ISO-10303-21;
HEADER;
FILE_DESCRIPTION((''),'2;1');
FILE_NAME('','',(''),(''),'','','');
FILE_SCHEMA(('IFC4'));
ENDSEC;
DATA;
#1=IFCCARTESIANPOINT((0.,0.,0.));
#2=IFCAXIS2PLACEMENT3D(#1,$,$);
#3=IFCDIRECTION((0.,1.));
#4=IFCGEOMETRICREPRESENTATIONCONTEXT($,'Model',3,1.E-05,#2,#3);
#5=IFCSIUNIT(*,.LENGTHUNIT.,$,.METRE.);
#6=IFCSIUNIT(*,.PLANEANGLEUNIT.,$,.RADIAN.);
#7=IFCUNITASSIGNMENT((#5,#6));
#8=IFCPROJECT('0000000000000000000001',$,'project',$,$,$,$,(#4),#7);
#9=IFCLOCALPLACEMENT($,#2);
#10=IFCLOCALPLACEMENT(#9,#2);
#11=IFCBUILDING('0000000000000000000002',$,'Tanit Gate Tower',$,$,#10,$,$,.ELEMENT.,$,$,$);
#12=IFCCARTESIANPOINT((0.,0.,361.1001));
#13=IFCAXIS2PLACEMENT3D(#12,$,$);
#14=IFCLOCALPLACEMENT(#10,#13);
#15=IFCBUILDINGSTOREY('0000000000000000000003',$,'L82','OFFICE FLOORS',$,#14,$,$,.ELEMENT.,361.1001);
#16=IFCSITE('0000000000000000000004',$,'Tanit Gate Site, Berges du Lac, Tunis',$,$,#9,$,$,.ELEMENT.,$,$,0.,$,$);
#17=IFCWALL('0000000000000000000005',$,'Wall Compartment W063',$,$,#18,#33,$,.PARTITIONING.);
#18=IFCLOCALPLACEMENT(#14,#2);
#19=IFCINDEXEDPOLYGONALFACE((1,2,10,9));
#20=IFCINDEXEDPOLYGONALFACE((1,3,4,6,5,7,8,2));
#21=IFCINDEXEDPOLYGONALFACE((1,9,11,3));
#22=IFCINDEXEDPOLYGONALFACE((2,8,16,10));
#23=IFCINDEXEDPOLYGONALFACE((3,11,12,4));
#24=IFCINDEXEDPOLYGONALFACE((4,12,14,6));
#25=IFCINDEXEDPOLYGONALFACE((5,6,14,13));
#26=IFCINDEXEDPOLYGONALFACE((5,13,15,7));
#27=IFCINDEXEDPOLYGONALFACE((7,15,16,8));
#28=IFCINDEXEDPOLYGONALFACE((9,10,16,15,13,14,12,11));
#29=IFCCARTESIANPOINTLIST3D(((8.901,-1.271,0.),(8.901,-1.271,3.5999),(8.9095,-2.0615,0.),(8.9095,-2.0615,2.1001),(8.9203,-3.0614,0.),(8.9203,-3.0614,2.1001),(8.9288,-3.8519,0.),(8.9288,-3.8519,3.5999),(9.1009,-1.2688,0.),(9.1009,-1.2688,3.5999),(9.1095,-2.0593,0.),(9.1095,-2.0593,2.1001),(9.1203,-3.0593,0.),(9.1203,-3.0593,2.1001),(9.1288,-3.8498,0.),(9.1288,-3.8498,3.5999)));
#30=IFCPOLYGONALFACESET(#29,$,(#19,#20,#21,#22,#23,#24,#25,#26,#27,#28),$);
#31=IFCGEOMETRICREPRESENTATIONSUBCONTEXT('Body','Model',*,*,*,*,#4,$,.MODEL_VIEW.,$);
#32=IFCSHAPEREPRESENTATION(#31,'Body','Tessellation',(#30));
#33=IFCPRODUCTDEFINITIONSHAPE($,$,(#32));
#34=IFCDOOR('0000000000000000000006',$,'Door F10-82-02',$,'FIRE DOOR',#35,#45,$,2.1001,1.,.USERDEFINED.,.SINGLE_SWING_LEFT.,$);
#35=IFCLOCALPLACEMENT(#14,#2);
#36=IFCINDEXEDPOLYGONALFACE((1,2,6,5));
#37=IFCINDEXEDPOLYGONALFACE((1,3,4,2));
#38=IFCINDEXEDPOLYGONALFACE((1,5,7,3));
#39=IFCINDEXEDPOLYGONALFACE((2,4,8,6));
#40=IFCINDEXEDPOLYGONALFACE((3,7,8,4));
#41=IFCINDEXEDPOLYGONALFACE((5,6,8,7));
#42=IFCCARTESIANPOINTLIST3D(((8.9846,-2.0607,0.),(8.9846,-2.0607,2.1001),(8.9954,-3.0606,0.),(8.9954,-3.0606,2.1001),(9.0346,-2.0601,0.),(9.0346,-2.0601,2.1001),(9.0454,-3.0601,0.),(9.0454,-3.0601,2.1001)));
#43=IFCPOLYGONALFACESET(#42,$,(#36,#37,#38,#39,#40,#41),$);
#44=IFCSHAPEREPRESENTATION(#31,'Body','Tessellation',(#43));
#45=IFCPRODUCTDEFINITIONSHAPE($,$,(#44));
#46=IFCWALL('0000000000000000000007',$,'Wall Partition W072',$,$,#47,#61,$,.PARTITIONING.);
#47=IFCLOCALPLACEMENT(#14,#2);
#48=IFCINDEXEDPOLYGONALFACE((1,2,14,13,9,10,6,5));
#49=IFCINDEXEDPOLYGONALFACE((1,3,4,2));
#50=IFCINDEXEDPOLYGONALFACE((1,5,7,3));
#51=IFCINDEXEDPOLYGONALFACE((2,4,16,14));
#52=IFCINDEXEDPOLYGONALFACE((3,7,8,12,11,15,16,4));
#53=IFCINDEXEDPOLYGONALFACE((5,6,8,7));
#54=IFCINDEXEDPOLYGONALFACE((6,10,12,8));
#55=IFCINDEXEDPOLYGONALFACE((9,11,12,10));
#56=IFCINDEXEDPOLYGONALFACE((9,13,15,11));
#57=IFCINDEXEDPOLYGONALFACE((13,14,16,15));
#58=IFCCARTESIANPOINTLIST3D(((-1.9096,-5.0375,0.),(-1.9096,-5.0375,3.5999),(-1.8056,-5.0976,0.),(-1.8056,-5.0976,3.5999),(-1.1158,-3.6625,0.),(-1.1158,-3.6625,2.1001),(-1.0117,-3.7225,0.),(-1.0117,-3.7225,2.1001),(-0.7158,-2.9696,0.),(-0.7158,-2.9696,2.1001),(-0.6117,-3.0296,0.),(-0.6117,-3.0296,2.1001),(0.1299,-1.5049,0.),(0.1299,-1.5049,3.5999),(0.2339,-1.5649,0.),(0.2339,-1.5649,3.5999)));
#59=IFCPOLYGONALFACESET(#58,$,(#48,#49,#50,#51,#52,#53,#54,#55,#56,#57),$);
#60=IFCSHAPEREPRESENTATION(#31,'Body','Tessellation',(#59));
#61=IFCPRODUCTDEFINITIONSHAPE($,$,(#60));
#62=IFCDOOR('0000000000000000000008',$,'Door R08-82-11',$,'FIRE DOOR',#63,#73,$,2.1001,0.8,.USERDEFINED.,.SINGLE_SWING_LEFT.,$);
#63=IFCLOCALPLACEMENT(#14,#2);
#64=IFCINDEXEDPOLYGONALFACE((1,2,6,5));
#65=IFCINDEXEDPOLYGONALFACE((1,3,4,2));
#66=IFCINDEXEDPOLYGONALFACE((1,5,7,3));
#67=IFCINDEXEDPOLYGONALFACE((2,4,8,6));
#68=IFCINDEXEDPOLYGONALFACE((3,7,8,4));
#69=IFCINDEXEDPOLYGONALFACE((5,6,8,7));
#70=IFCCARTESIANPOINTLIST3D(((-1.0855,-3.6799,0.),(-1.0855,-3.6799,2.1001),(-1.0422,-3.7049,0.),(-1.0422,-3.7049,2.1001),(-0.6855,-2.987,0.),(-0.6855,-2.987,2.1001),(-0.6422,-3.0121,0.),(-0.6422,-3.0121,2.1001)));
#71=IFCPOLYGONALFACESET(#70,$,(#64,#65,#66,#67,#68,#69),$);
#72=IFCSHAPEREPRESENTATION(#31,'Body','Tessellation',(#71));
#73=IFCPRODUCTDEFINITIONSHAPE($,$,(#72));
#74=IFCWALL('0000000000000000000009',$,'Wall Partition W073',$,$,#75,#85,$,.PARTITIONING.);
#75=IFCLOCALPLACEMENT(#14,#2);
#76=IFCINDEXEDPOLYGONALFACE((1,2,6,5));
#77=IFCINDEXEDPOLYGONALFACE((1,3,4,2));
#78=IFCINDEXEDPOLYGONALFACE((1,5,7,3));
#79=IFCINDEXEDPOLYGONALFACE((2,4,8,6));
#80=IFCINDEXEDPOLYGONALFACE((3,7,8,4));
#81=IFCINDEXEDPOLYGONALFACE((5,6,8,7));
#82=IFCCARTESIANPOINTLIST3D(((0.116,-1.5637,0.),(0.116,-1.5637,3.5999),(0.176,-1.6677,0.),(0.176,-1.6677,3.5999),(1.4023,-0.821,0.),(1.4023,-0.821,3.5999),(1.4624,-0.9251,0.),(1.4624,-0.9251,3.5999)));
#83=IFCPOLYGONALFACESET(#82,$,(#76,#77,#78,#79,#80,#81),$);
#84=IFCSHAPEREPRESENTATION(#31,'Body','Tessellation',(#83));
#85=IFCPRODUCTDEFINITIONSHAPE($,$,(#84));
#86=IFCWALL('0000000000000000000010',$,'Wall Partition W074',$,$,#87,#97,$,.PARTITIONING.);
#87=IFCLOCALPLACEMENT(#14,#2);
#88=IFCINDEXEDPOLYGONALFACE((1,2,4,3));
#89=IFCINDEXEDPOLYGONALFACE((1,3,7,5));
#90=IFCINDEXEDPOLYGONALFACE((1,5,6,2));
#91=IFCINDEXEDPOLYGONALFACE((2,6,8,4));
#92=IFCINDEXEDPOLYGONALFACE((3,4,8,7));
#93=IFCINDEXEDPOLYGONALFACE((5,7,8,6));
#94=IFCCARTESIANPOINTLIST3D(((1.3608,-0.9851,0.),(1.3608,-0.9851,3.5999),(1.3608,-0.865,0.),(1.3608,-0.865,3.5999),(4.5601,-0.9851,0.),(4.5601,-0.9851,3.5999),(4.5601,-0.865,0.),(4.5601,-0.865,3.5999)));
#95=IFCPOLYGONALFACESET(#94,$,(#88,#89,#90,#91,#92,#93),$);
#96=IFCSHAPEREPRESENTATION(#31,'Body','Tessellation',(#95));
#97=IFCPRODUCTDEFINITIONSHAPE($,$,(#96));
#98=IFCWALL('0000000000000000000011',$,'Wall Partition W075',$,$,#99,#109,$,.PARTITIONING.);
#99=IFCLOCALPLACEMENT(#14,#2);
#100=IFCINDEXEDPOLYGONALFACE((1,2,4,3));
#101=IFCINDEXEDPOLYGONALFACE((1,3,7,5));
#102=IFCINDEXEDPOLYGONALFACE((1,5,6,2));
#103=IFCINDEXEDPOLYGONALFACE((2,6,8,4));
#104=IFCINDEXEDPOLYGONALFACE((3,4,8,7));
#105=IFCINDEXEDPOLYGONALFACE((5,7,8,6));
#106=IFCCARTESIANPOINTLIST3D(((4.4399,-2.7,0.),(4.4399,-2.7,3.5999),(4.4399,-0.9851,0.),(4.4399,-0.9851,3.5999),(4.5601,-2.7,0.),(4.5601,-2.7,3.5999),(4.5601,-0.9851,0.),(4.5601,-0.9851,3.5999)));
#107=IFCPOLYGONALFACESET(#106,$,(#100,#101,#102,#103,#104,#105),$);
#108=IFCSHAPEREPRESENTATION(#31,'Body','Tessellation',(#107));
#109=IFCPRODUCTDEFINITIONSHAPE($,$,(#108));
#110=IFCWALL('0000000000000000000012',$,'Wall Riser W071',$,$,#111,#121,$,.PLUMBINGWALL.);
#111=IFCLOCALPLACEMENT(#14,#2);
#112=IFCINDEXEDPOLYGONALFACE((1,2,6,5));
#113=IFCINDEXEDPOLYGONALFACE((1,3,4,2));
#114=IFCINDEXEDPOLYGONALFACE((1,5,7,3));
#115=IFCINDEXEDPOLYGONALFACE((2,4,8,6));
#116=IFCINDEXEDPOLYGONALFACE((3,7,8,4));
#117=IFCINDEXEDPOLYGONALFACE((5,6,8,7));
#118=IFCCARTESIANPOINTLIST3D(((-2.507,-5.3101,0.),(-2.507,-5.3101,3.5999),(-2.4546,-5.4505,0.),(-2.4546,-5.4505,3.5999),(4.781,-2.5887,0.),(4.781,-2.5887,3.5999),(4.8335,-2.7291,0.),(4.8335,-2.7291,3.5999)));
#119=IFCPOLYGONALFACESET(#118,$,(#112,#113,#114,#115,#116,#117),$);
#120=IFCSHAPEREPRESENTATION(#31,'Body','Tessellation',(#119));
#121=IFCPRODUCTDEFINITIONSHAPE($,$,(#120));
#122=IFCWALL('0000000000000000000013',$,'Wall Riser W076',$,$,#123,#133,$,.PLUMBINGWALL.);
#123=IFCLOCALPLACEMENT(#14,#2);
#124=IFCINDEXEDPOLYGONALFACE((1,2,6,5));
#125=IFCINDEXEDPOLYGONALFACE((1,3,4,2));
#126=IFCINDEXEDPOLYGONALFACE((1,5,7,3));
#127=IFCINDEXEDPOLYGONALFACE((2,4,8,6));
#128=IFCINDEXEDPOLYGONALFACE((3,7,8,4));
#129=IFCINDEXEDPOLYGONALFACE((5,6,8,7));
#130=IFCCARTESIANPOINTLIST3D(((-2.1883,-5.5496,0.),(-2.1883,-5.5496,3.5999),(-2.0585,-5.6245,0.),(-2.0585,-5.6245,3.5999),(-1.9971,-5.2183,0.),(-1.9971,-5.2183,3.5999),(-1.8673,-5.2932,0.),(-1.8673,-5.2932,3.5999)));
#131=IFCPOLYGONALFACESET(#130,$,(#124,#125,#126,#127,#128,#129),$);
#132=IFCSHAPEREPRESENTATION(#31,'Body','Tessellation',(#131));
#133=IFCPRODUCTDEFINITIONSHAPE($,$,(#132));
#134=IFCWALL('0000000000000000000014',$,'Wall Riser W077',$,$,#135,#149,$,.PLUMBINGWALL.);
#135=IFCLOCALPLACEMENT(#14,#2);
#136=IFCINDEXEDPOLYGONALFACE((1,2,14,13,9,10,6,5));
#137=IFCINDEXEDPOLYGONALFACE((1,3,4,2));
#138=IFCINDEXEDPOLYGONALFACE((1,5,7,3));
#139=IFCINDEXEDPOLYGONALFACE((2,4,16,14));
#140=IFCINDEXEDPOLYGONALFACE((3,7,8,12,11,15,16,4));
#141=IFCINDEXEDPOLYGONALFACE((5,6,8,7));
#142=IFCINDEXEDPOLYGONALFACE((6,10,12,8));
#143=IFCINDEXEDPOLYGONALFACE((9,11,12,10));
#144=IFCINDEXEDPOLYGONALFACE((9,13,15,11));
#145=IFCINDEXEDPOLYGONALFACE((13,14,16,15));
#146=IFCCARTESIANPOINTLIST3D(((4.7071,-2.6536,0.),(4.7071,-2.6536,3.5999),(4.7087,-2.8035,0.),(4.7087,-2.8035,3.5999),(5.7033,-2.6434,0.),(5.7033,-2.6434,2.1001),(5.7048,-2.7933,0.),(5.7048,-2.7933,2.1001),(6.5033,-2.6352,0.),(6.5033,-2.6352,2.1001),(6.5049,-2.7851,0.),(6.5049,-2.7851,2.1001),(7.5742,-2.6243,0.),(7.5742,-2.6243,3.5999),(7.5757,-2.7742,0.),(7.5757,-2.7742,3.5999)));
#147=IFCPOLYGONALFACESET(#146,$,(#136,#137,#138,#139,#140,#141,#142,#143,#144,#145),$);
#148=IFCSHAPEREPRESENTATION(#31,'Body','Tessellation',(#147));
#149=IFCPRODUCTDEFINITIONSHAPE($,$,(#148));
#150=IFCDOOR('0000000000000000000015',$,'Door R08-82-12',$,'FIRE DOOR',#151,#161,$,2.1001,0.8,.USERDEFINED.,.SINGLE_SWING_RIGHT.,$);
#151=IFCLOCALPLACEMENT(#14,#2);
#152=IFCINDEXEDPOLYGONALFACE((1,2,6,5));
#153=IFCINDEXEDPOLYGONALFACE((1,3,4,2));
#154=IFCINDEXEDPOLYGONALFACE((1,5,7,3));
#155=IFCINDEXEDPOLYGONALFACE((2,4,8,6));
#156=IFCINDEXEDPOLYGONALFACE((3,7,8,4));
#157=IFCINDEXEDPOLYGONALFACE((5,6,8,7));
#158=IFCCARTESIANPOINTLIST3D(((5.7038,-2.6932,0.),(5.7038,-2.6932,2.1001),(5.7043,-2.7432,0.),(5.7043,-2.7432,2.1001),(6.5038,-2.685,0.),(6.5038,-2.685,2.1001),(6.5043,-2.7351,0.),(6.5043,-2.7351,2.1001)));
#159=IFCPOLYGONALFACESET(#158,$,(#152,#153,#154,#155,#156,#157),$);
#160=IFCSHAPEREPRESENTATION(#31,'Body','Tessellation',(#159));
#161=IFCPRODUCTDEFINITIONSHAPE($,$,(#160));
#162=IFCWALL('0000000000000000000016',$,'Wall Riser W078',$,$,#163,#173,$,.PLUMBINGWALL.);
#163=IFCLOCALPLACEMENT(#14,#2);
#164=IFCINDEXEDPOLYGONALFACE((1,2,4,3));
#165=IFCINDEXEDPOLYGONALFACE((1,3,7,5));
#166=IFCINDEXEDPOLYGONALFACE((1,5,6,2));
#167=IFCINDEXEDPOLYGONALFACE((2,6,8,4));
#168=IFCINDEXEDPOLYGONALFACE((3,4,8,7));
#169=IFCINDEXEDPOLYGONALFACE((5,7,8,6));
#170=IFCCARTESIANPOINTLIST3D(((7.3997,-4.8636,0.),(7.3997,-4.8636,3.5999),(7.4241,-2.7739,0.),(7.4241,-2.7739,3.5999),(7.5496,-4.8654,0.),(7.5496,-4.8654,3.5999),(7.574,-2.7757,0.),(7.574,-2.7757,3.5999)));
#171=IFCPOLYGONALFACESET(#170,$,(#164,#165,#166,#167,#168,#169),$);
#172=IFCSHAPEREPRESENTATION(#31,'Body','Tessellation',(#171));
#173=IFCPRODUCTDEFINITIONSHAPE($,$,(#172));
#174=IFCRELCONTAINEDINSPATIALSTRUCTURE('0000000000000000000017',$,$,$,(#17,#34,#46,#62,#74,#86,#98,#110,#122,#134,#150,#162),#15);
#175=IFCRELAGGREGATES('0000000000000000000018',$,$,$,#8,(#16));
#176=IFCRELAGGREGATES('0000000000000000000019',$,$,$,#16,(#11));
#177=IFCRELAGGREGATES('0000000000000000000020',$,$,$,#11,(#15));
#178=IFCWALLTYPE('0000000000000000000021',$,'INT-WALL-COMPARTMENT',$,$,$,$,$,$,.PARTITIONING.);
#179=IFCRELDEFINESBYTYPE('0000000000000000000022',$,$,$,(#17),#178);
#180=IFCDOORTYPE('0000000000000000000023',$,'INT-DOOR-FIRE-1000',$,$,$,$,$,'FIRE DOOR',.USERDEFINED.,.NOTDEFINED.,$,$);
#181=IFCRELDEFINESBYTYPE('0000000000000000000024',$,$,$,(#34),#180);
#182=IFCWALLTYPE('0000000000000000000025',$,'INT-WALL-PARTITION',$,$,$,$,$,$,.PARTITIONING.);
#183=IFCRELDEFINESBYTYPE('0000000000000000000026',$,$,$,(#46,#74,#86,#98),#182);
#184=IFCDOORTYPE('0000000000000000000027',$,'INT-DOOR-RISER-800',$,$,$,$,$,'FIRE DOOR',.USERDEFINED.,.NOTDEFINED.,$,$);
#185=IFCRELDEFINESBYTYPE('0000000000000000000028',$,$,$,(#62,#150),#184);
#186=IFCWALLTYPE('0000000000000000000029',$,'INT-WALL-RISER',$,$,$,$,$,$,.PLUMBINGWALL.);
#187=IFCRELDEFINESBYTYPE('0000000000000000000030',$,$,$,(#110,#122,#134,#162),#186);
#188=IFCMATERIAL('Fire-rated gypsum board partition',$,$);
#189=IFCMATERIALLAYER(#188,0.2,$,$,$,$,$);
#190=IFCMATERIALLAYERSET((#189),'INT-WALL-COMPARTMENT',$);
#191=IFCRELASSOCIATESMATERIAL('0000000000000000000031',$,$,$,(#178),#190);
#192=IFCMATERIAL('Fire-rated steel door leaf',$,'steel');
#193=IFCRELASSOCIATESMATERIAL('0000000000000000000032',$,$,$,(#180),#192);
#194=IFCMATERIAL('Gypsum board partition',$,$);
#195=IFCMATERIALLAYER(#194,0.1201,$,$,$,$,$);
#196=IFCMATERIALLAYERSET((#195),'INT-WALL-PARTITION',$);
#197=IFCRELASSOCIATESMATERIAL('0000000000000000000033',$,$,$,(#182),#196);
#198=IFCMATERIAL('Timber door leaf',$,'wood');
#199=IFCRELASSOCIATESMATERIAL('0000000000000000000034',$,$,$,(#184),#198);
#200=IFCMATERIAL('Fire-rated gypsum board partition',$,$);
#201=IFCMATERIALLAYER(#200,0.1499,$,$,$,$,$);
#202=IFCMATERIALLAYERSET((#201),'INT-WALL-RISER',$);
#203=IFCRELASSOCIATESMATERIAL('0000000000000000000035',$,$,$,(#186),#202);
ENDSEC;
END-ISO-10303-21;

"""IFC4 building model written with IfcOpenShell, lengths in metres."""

from ifc_helpers import new_model, si_unit, direction, frame, frame_2d, origin, place, context, subcontext, project, spatial, rectangle, extrude, material, layer, layer_set, type_object, element, fill, save


model = new_model("IFC4")

# Units and contexts
model_context = context("Model", 3, precision=1e-05, world=origin(), true_north=direction((0.0, 1.0)))
body_context = subcontext(model_context, "Body", "Model", "MODEL_VIEW")
ifc_project = project(units=[si_unit("LENGTHUNIT", "METRE"), si_unit("PLANEANGLEUNIT", "RADIAN")], contexts=[model_context])

# Site, building, storey
site_placement = place(None, origin())
site = spatial("IfcSite", under=ifc_project, at=site_placement, Name="Tanit Gate Site, Berges du Lac, Tunis", CompositionType="ELEMENT", RefElevation=0.0)
building_placement = place(site_placement, origin())
building = spatial("IfcBuilding", under=site, at=building_placement, Name="Tanit Gate Tower", CompositionType="ELEMENT")
storey_placement = place(building_placement, frame((0.0, 0.0, 361.1001)))
storey = spatial("IfcBuildingStorey", under=building, at=storey_placement, Name="L82", Description="OFFICE FLOORS", CompositionType="ELEMENT", Elevation=361.1001)

# Walls, openings, doors
ifc_material_1 = material(Name="Fire-rated gypsum board partition")
ifc_layer_1 = layer(ifc_material_1, 0.2)
ifc_layer_set_1 = layer_set([ifc_layer_1], Name="INT-WALL-COMPARTMENT")
wall_type_1 = type_object("IfcWallType", Name="INT-WALL-COMPARTMENT", PredefinedType="PARTITIONING", material=ifc_layer_set_1)
wall_1_placement = place(storey_placement, frame((9.0288, -3.8508, 0.0), z_axis=(0.0, 0.0, 1.0), x_axis=(-0.010784, 0.999942, 0.0)))
wall_1 = element("IfcWall", 1, at=wall_1_placement, inside=storey, type_object=wall_type_1, Name="Wall Compartment W063", PredefinedType="PARTITIONING", context=body_context, shape_type="SweptSolid", body=[
    extrude(rectangle(XDim=2.5811, YDim=0.2, at=frame_2d((1.2905, 0.0))), origin(), (0.0, 0.0, 1.0), 3.5999),
])
opening_1_placement = place(wall_1_placement, frame((0.7905, 0.0, 0.0)))
opening_1 = element("IfcOpeningElement", 2, at=opening_1_placement, cuts=wall_1, PredefinedType="OPENING", context=body_context, shape_type="SweptSolid", body=[
    extrude(rectangle(XDim=1.0, YDim=2.1001, at=frame_2d((0.5, 1.05))), frame((0.0, 0.1099, 0.0), z_axis=(0.0, -1.0, 0.0), x_axis=(1.0, 0.0, 0.0)), (0.0, 0.0, 1.0), 0.22),
])
ifc_material_2 = material(Name="Fire-rated steel door leaf", Category="steel")
door_type_1 = type_object("IfcDoorType", Name="INT-DOOR-FIRE-1000", ElementType="FIRE DOOR", OperationType="NOTDEFINED", PredefinedType="USERDEFINED", material=ifc_material_2)
door_1_placement = place(opening_1_placement, origin())
door_1 = element("IfcDoor", 3, at=door_1_placement, inside=storey, type_object=door_type_1, Name="Door F10-82-02", ObjectType="FIRE DOOR", OperationType="SINGLE_SWING_LEFT", OverallHeight=2.1001, OverallWidth=1.0, PredefinedType="USERDEFINED", context=body_context, shape_type="SweptSolid", body=[
    extrude(rectangle(XDim=1.0, YDim=2.1001, at=frame_2d((0.5, 1.05))), frame((0.0, 0.0249, 0.0), z_axis=(0.0, -1.0, 0.0), x_axis=(1.0, 0.0, 0.0)), (0.0, 0.0, 1.0), 0.05),
])
fill(opening_1, door_1)
ifc_material_3 = material(Name="Gypsum board partition")
ifc_layer_2 = layer(ifc_material_3, 0.1201)
ifc_layer_set_2 = layer_set([ifc_layer_2], Name="INT-WALL-PARTITION")
wall_type_2 = type_object("IfcWallType", Name="INT-WALL-PARTITION", PredefinedType="PARTITIONING", material=ifc_layer_set_2)
wall_2_placement = place(storey_placement, frame((0.1819, -1.5349, 0.0), z_axis=(0.0, 0.0, 1.0), x_axis=(-0.499988, -0.866032, 0.0)))
wall_2 = element("IfcWall", 4, at=wall_2_placement, inside=storey, type_object=wall_type_2, Name="Wall Partition W072", PredefinedType="PARTITIONING", context=body_context, shape_type="SweptSolid", body=[
    extrude(rectangle(XDim=4.0791, YDim=0.1201, at=frame_2d((2.0396, 0.0))), origin(), (0.0, 0.0, 1.0), 3.5999),
])
opening_2_placement = place(wall_2_placement, frame((1.6914, 0.0, 0.0)))
opening_2 = element("IfcOpeningElement", 5, at=opening_2_placement, cuts=wall_2, PredefinedType="OPENING", context=body_context, shape_type="SweptSolid", body=[
    extrude(rectangle(XDim=0.8, YDim=2.1001, at=frame_2d((0.3999, 1.05))), frame((0.0, 0.0701, 0.0), z_axis=(0.0, -1.0, 0.0), x_axis=(1.0, 0.0, 0.0)), (0.0, 0.0, 1.0), 0.1401),
])
ifc_material_4 = material(Name="Timber door leaf", Category="wood")
door_type_2 = type_object("IfcDoorType", Name="INT-DOOR-RISER-800", ElementType="FIRE DOOR", OperationType="NOTDEFINED", PredefinedType="USERDEFINED", material=ifc_material_4)
door_2_placement = place(opening_2_placement, origin())
door_2 = element("IfcDoor", 6, at=door_2_placement, inside=storey, type_object=door_type_2, Name="Door R08-82-11", ObjectType="FIRE DOOR", OperationType="SINGLE_SWING_LEFT", OverallHeight=2.1001, OverallWidth=0.8, PredefinedType="USERDEFINED", context=body_context, shape_type="SweptSolid", body=[
    extrude(rectangle(XDim=0.8, YDim=2.1001, at=frame_2d((0.3999, 1.05))), frame((0.0, 0.0249, 0.0), z_axis=(0.0, -1.0, 0.0), x_axis=(1.0, 0.0, 0.0)), (0.0, 0.0, 1.0), 0.05),
])
fill(opening_2, door_2)

# Walls
wall_3_placement = place(storey_placement, frame((1.4324, -0.873, 0.0), z_axis=(0.0, 0.0, 1.0), x_axis=(-0.86603, -0.499993, 0.0)))
element("IfcWall", 7, at=wall_3_placement, inside=storey, type_object=wall_type_2, Name="Wall Partition W073", PredefinedType="PARTITIONING", context=body_context, shape_type="SweptSolid", body=[
    extrude(rectangle(XDim=1.4854, YDim=0.1201, at=frame_2d((0.7427, 0.0))), origin(), (0.0, 0.0, 1.0), 3.5999),
])
wall_4_placement = place(storey_placement, frame((4.5601, -0.925, 0.0), z_axis=(0.0, 0.0, 1.0), x_axis=(-1.0, 0.0, 0.0)))
element("IfcWall", 8, at=wall_4_placement, inside=storey, type_object=wall_type_2, Name="Wall Partition W074", PredefinedType="PARTITIONING", context=body_context, shape_type="SweptSolid", body=[
    extrude(rectangle(XDim=3.1992, YDim=0.1201, at=frame_2d((1.5996, 0.0))), origin(), (0.0, 0.0, 1.0), 3.5999),
])
wall_5_placement = place(storey_placement, frame((4.5, -2.7, 0.0), z_axis=(0.0, 0.0, 1.0), x_axis=(0.0, 1.0, 0.0)))
element("IfcWall", 9, at=wall_5_placement, inside=storey, type_object=wall_type_2, Name="Wall Partition W075", PredefinedType="PARTITIONING", context=body_context, shape_type="SweptSolid", body=[
    extrude(rectangle(XDim=1.7148, YDim=0.1201, at=frame_2d((0.8574, 0.0))), origin(), (0.0, 0.0, 1.0), 3.5999),
])
ifc_material_5 = material(Name="Fire-rated gypsum board partition")
ifc_layer_3 = layer(ifc_material_5, 0.1499)
ifc_layer_set_3 = layer_set([ifc_layer_3], Name="INT-WALL-RISER")
wall_type_3 = type_object("IfcWallType", Name="INT-WALL-RISER", PredefinedType="PLUMBINGWALL", material=ifc_layer_set_3)
wall_6_placement = place(storey_placement, frame((4.8071, -2.6589, 0.0), z_axis=(0.0, 0.0, 1.0), x_axis=(-0.936818, -0.349816, 0.0)))
element("IfcWall", 10, at=wall_6_placement, inside=storey, type_object=wall_type_3, Name="Wall Riser W071", PredefinedType="PLUMBINGWALL", context=body_context, shape_type="SweptSolid", body=[
    extrude(rectangle(XDim=7.7795, YDim=0.1499, at=frame_2d((3.8896, 0.0))), origin(), (0.0, 0.0, 1.0), 3.5999),
])
wall_7_placement = place(storey_placement, frame((-1.9321, -5.2556, 0.0), z_axis=(0.0, 0.0, 1.0), x_axis=(-0.499778, -0.866154, 0.0)))
element("IfcWall", 11, at=wall_7_placement, inside=storey, type_object=wall_type_3, Name="Wall Riser W076", PredefinedType="PLUMBINGWALL", context=body_context, shape_type="SweptSolid", body=[
    extrude(rectangle(XDim=0.3826, YDim=0.1499, at=frame_2d((0.1914, 0.0))), origin(), (0.0, 0.0, 1.0), 3.5999),
])

# Wall, opening, door
wall_8_placement = place(storey_placement, frame((7.575, -2.6992, 0.0), z_axis=(0.0, 0.0, 1.0), x_axis=(-0.999948, -0.010218, 0.0)))
wall_8 = element("IfcWall", 12, at=wall_8_placement, inside=storey, type_object=wall_type_3, Name="Wall Riser W077", PredefinedType="PLUMBINGWALL", context=body_context, shape_type="SweptSolid", body=[
    extrude(rectangle(XDim=2.8672, YDim=0.1499, at=frame_2d((1.4336, 0.0))), origin(), (0.0, 0.0, 1.0), 3.5999),
])
opening_3_placement = place(wall_8_placement, frame((1.071, 0.0, 0.0)))
opening_3 = element("IfcOpeningElement", 13, at=opening_3_placement, cuts=wall_8, PredefinedType="OPENING", context=body_context, shape_type="SweptSolid", body=[
    extrude(rectangle(XDim=0.8, YDim=2.1001, at=frame_2d((0.3999, 1.05))), frame((0.0, 0.085, 0.0), z_axis=(0.0, -1.0, 0.0), x_axis=(1.0, 0.0, 0.0)), (0.0, 0.0, 1.0), 0.1699),
])
door_3_placement = place(opening_3_placement, origin())
door_3 = element("IfcDoor", 14, at=door_3_placement, inside=storey, type_object=door_type_2, Name="Door R08-82-12", ObjectType="FIRE DOOR", OperationType="SINGLE_SWING_RIGHT", OverallHeight=2.1001, OverallWidth=0.8, PredefinedType="USERDEFINED", context=body_context, shape_type="SweptSolid", body=[
    extrude(rectangle(XDim=0.8, YDim=2.1001, at=frame_2d((0.3999, 1.05))), frame((0.0, 0.0249, 0.0), z_axis=(0.0, -1.0, 0.0), x_axis=(1.0, 0.0, 0.0)), (0.0, 0.0, 1.0), 0.05),
])
fill(opening_3, door_3)

# Wall
wall_9_placement = place(storey_placement, frame((7.4746, -4.8645, 0.0), z_axis=(0.0, 0.0, 1.0), x_axis=(0.011683, 0.999932, 0.0)))
element("IfcWall", 15, at=wall_9_placement, inside=storey, type_object=wall_type_3, Name="Wall Riser W078", PredefinedType="PLUMBINGWALL", context=body_context, shape_type="SweptSolid", body=[
    extrude(rectangle(XDim=2.0898, YDim=0.1499, at=frame_2d((1.0449, 0.0))), origin(), (0.0, 0.0, 1.0), 3.5999),
])

save(model, "model.ifc")
